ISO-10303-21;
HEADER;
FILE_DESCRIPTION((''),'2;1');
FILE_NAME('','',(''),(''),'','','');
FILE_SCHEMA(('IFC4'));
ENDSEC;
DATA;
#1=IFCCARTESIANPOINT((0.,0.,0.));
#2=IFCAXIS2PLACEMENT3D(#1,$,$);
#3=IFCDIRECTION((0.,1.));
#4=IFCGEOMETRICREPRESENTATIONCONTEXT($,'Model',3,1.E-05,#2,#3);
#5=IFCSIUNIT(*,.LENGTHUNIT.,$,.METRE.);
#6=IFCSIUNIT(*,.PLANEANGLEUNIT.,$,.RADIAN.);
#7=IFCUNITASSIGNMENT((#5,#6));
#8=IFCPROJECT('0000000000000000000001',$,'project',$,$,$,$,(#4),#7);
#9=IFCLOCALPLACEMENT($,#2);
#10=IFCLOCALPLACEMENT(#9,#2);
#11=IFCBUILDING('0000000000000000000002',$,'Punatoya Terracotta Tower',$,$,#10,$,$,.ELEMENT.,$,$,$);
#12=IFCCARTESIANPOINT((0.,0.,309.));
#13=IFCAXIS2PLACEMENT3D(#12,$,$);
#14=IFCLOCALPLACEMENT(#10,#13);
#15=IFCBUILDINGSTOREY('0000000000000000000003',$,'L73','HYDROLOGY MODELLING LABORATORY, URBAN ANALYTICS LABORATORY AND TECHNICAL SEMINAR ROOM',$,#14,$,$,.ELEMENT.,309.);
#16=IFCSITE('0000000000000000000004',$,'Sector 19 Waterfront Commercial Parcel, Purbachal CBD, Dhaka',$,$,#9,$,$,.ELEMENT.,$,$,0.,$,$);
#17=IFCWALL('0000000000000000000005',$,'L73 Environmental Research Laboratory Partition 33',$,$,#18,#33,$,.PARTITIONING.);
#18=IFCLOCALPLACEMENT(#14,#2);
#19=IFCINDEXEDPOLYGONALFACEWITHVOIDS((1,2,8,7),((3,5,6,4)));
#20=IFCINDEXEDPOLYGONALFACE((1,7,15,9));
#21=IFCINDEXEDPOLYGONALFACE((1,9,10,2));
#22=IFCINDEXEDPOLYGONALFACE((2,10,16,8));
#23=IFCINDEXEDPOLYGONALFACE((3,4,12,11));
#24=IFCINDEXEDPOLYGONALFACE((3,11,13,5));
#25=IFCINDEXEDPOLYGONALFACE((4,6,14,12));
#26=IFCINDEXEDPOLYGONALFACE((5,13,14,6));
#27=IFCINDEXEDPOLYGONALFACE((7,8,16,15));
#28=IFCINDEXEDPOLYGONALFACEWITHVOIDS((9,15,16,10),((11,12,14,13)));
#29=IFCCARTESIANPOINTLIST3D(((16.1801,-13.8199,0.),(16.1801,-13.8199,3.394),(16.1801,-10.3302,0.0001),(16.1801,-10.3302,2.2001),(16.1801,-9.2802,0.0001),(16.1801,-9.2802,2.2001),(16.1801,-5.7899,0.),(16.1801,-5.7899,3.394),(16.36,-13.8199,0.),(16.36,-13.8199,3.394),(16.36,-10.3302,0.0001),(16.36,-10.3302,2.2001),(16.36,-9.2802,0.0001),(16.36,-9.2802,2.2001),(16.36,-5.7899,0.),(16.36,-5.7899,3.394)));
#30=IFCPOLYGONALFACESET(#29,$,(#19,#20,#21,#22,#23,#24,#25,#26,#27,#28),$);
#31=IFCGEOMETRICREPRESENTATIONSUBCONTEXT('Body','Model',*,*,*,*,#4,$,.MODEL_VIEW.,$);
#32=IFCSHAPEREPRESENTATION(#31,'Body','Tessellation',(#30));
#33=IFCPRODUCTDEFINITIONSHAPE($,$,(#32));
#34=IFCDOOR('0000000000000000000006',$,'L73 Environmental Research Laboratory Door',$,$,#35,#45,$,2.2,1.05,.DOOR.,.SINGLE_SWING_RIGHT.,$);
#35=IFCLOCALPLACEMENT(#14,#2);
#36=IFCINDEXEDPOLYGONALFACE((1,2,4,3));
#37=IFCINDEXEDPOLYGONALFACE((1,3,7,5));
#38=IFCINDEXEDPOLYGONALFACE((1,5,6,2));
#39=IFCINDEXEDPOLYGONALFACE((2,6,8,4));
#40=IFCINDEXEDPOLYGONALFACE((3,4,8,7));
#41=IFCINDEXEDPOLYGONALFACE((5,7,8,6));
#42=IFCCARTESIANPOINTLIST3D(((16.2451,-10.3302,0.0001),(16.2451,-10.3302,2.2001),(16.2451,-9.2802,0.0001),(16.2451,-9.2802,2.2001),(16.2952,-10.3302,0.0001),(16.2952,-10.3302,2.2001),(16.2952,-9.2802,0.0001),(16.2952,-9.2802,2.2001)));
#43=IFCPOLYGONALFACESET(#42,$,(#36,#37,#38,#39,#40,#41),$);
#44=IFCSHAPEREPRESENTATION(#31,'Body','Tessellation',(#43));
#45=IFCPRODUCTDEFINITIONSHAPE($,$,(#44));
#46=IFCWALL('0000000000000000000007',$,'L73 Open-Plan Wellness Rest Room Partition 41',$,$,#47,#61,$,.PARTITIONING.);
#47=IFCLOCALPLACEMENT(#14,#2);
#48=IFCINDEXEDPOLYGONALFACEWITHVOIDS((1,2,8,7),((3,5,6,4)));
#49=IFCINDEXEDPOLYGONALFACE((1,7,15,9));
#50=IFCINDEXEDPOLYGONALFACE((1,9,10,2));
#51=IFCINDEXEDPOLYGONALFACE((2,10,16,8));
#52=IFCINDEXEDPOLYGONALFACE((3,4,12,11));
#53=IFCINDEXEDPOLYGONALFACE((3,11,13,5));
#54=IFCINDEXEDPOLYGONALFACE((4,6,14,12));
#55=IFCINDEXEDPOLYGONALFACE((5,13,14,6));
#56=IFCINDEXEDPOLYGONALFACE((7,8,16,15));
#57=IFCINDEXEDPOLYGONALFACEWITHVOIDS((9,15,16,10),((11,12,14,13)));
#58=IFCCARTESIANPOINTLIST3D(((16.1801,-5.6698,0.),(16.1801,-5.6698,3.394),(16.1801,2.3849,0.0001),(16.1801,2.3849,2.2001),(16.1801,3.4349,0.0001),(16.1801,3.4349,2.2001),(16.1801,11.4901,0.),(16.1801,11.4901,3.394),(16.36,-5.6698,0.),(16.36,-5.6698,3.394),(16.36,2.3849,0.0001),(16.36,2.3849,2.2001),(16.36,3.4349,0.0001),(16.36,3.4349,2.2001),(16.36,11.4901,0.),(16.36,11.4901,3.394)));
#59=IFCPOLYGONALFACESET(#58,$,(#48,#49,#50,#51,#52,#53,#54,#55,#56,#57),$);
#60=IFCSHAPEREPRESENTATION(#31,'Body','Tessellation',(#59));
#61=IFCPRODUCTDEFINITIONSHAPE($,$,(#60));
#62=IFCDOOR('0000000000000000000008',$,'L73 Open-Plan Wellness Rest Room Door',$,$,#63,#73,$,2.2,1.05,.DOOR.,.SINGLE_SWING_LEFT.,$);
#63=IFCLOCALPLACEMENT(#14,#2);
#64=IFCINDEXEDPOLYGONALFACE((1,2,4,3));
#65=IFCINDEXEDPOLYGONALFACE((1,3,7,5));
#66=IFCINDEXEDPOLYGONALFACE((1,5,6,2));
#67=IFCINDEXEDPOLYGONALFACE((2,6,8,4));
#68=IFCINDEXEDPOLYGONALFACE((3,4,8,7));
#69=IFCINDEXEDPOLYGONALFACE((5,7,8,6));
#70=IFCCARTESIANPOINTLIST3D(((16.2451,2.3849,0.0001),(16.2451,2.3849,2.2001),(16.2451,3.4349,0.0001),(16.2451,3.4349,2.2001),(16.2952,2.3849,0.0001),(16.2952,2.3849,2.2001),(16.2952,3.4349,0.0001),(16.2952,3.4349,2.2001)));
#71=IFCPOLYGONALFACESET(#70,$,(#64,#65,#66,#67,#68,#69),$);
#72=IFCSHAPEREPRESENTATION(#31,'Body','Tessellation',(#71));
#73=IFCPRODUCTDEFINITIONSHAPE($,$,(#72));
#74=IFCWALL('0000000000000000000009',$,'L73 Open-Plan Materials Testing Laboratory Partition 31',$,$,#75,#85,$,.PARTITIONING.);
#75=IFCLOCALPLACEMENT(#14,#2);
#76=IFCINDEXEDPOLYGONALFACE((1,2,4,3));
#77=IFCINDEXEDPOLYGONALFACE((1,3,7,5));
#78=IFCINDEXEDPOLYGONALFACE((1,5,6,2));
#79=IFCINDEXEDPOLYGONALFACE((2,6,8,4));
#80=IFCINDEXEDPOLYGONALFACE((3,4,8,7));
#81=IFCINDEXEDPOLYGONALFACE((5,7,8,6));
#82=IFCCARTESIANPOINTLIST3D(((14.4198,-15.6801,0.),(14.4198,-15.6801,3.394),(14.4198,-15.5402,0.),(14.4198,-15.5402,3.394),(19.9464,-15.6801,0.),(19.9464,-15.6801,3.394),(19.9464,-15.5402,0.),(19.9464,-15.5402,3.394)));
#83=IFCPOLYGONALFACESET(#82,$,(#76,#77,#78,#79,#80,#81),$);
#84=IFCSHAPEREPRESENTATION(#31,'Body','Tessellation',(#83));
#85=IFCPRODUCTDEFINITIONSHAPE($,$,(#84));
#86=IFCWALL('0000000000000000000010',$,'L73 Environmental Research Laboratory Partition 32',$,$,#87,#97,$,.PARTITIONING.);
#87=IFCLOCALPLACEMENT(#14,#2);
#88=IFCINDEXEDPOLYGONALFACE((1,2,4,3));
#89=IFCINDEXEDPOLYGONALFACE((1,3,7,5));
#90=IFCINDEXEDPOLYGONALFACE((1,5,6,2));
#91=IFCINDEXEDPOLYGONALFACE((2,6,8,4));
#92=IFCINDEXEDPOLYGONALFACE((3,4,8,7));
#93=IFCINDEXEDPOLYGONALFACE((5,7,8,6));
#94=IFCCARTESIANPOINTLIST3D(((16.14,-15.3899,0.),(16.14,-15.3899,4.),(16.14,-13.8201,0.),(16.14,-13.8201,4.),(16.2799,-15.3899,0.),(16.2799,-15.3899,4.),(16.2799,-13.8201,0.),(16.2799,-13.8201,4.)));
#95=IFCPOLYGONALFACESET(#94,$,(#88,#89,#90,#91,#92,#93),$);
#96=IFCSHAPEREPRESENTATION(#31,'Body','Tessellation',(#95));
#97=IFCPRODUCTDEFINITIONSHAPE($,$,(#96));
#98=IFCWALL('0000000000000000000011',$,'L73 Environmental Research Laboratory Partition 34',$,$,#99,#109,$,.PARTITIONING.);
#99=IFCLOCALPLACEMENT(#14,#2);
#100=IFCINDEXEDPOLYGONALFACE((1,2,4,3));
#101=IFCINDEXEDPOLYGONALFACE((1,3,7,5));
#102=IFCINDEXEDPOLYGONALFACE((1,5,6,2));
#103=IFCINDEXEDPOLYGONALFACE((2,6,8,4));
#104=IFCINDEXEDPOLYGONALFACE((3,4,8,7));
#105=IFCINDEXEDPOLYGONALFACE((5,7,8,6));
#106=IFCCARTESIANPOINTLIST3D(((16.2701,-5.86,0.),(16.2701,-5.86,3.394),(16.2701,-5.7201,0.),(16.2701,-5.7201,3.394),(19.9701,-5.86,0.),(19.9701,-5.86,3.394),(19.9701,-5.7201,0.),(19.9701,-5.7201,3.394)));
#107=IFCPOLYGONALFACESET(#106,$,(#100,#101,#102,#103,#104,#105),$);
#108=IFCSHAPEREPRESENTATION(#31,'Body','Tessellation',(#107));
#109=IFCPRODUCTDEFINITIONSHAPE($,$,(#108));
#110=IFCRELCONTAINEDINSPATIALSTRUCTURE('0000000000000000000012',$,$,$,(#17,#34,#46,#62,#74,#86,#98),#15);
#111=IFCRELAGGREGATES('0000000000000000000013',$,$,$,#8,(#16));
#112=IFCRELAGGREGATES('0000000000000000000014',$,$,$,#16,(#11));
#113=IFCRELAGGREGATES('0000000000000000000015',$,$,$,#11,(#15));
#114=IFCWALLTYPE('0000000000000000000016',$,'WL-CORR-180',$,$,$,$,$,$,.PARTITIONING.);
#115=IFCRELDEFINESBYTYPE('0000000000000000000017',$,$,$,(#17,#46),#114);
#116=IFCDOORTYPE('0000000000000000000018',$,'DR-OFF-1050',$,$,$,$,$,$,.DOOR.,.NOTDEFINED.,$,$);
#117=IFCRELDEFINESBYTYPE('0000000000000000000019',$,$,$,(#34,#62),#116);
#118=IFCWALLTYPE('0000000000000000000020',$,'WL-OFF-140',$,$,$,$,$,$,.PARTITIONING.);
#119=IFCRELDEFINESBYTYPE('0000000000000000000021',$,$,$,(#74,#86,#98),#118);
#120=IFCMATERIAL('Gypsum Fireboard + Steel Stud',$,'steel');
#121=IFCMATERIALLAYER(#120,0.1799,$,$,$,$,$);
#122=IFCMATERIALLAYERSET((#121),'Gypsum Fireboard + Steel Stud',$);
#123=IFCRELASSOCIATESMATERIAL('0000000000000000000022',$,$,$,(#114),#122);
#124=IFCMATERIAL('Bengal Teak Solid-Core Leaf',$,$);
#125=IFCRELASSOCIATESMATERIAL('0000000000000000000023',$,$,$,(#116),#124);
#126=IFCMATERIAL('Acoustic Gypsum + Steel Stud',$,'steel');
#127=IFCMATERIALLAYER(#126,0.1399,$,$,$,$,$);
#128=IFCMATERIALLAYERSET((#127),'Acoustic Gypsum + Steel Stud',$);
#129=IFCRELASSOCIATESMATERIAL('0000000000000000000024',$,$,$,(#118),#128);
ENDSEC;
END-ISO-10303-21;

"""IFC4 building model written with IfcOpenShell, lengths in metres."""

from ifc_helpers import new_model, si_unit, direction, frame, frame_2d, origin, place, context, subcontext, project, spatial, rectangle, extrude, material, layer, layer_set, type_object, element, fill, save


model = new_model("IFC4")

# Units and contexts
model_context = context("Model", 3, precision=1e-05, world=origin(), true_north=direction((0.0, 1.0)))
body_context = subcontext(model_context, "Body", "Model", "MODEL_VIEW")
ifc_project = project(units=[si_unit("LENGTHUNIT", "METRE"), si_unit("PLANEANGLEUNIT", "RADIAN")], contexts=[model_context])

# Site, building, storey
site_placement = place(None, origin())
site = spatial("IfcSite", under=ifc_project, at=site_placement, Name="Sector 19 Waterfront Commercial Parcel, Purbachal CBD, Dhaka", CompositionType="ELEMENT", RefElevation=0.0)
building_placement = place(site_placement, origin())
building = spatial("IfcBuilding", under=site, at=building_placement, Name="Punatoya Terracotta Tower", CompositionType="ELEMENT")
storey_placement = place(building_placement, frame((0.0, 0.0, 309.0)))
storey = spatial("IfcBuildingStorey", under=building, at=storey_placement, Name="L73", Description="HYDROLOGY MODELLING LABORATORY, URBAN ANALYTICS LABORATORY AND TECHNICAL SEMINAR ROOM", CompositionType="ELEMENT", Elevation=309.0)

# Walls, openings, doors
ifc_material_1 = material(Name="Gypsum Fireboard + Steel Stud", Category="steel")
ifc_layer_1 = layer(ifc_material_1, 0.1799)
ifc_layer_set_1 = layer_set([ifc_layer_1], Name="Gypsum Fireboard + Steel Stud")
wall_type_1 = type_object("IfcWallType", Name="WL-CORR-180", PredefinedType="PARTITIONING", material=ifc_layer_set_1)
wall_1_placement = place(storey_placement, frame((16.27, -13.8201, 0.0), z_axis=(0.0, 0.0, 1.0), x_axis=(0.0, 1.0, 0.0)))
wall_1 = element("IfcWall", 1, at=wall_1_placement, inside=storey, type_object=wall_type_1, Name="L73 Environmental Research Laboratory Partition 33", PredefinedType="PARTITIONING", context=body_context, shape_type="SweptSolid", body=[
    extrude(rectangle(XDim=8.03, YDim=0.1799, at=frame_2d((4.0151, 0.0))), origin(), (0.0, 0.0, 1.0), 3.394),
])
opening_1_placement = place(wall_1_placement, frame((3.49, 0.0, 0.0)))
opening_1 = element("IfcOpeningElement", 2, at=opening_1_placement, cuts=wall_1, PredefinedType="OPENING", context=body_context, shape_type="SweptSolid", body=[
    extrude(rectangle(XDim=1.05, YDim=2.2, at=frame_2d((0.5249, 1.1001))), frame((0.0, 0.0999, 0.0), z_axis=(0.0, -1.0, 0.0), x_axis=(1.0, 0.0, 0.0)), (0.0, 0.0, 1.0), 0.2),
])
ifc_material_2 = material(Name="Bengal Teak Solid-Core Leaf")
door_type = type_object("IfcDoorType", Name="DR-OFF-1050", OperationType="NOTDEFINED", PredefinedType="DOOR", material=ifc_material_2)
door_1_placement = place(opening_1_placement, origin())
door_1 = element("IfcDoor", 3, at=door_1_placement, inside=storey, type_object=door_type, Name="L73 Environmental Research Laboratory Door", OperationType="SINGLE_SWING_RIGHT", OverallHeight=2.2, OverallWidth=1.05, PredefinedType="DOOR", context=body_context, shape_type="SweptSolid", body=[
    extrude(rectangle(XDim=1.05, YDim=2.2, at=frame_2d((0.5249, 1.1001))), frame((0.0, 0.0249, 0.0), z_axis=(0.0, -1.0, 0.0), x_axis=(1.0, 0.0, 0.0)), (0.0, 0.0, 1.0), 0.05),
])
fill(opening_1, door_1)
wall_2_placement = place(storey_placement, frame((16.27, -5.6699, 0.0), z_axis=(0.0, 0.0, 1.0), x_axis=(0.0, 1.0, 0.0)))
wall_2 = element("IfcWall", 4, at=wall_2_placement, inside=storey, type_object=wall_type_1, Name="L73 Open-Plan Wellness Rest Room Partition 41", PredefinedType="PARTITIONING", context=body_context, shape_type="SweptSolid", body=[
    extrude(rectangle(XDim=17.1599, YDim=0.1799, at=frame_2d((8.5801, 0.0))), origin(), (0.0, 0.0, 1.0), 3.394),
])
opening_2_placement = place(wall_2_placement, frame((8.0549, 0.0, 0.0)))
opening_2 = element("IfcOpeningElement", 5, at=opening_2_placement, cuts=wall_2, PredefinedType="OPENING", context=body_context, shape_type="SweptSolid", body=[
    extrude(rectangle(XDim=1.05, YDim=2.2, at=frame_2d((0.5249, 1.1001))), frame((0.0, 0.0999, 0.0), z_axis=(0.0, -1.0, 0.0), x_axis=(1.0, 0.0, 0.0)), (0.0, 0.0, 1.0), 0.2),
])
door_2_placement = place(opening_2_placement, origin())
door_2 = element("IfcDoor", 6, at=door_2_placement, inside=storey, type_object=door_type, Name="L73 Open-Plan Wellness Rest Room Door", OperationType="SINGLE_SWING_LEFT", OverallHeight=2.2, OverallWidth=1.05, PredefinedType="DOOR", context=body_context, shape_type="SweptSolid", body=[
    extrude(rectangle(XDim=1.05, YDim=2.2, at=frame_2d((0.5249, 1.1001))), frame((0.0, 0.0249, 0.0), z_axis=(0.0, -1.0, 0.0), x_axis=(1.0, 0.0, 0.0)), (0.0, 0.0, 1.0), 0.05),
])
fill(opening_2, door_2)

# Walls
ifc_material_3 = material(Name="Acoustic Gypsum + Steel Stud", Category="steel")
ifc_layer_2 = layer(ifc_material_3, 0.1399)
ifc_layer_set_2 = layer_set([ifc_layer_2], Name="Acoustic Gypsum + Steel Stud")
wall_type_2 = type_object("IfcWallType", Name="WL-OFF-140", PredefinedType="PARTITIONING", material=ifc_layer_set_2)
wall_3_placement = place(storey_placement, frame((14.4199, -15.6101, 0.0), z_axis=(0.0, 0.0, 1.0), x_axis=(1.0, 0.0, 0.0)))
element("IfcWall", 7, at=wall_3_placement, inside=storey, type_object=wall_type_2, Name="L73 Open-Plan Materials Testing Laboratory Partition 31", PredefinedType="PARTITIONING", context=body_context, shape_type="SweptSolid", body=[
    extrude(rectangle(XDim=5.5266, YDim=0.1399, at=frame_2d((2.7632, 0.0))), origin(), (0.0, 0.0, 1.0), 3.394),
])
wall_4_placement = place(storey_placement, frame((16.21, -15.3899, 0.0), z_axis=(0.0, 0.0, 1.0), x_axis=(0.0, 1.0, 0.0)))
element("IfcWall", 8, at=wall_4_placement, inside=storey, type_object=wall_type_2, Name="L73 Environmental Research Laboratory Partition 32", PredefinedType="PARTITIONING", context=body_context, shape_type="SweptSolid", body=[
    extrude(rectangle(XDim=1.5698, YDim=0.1399, at=frame_2d((0.7849, 0.0))), origin(), (0.0, 0.0, 1.0), 4.0),
])
wall_5_placement = place(storey_placement, frame((16.27, -5.79, 0.0), z_axis=(0.0, 0.0, 1.0), x_axis=(1.0, 0.0, 0.0)))
element("IfcWall", 9, at=wall_5_placement, inside=storey, type_object=wall_type_2, Name="L73 Environmental Research Laboratory Partition 34", PredefinedType="PARTITIONING", context=body_context, shape_type="SweptSolid", body=[
    extrude(rectangle(XDim=3.7, YDim=0.1399, at=frame_2d((1.8501, 0.0))), origin(), (0.0, 0.0, 1.0), 3.394),
])

save(model, "model.ifc")
